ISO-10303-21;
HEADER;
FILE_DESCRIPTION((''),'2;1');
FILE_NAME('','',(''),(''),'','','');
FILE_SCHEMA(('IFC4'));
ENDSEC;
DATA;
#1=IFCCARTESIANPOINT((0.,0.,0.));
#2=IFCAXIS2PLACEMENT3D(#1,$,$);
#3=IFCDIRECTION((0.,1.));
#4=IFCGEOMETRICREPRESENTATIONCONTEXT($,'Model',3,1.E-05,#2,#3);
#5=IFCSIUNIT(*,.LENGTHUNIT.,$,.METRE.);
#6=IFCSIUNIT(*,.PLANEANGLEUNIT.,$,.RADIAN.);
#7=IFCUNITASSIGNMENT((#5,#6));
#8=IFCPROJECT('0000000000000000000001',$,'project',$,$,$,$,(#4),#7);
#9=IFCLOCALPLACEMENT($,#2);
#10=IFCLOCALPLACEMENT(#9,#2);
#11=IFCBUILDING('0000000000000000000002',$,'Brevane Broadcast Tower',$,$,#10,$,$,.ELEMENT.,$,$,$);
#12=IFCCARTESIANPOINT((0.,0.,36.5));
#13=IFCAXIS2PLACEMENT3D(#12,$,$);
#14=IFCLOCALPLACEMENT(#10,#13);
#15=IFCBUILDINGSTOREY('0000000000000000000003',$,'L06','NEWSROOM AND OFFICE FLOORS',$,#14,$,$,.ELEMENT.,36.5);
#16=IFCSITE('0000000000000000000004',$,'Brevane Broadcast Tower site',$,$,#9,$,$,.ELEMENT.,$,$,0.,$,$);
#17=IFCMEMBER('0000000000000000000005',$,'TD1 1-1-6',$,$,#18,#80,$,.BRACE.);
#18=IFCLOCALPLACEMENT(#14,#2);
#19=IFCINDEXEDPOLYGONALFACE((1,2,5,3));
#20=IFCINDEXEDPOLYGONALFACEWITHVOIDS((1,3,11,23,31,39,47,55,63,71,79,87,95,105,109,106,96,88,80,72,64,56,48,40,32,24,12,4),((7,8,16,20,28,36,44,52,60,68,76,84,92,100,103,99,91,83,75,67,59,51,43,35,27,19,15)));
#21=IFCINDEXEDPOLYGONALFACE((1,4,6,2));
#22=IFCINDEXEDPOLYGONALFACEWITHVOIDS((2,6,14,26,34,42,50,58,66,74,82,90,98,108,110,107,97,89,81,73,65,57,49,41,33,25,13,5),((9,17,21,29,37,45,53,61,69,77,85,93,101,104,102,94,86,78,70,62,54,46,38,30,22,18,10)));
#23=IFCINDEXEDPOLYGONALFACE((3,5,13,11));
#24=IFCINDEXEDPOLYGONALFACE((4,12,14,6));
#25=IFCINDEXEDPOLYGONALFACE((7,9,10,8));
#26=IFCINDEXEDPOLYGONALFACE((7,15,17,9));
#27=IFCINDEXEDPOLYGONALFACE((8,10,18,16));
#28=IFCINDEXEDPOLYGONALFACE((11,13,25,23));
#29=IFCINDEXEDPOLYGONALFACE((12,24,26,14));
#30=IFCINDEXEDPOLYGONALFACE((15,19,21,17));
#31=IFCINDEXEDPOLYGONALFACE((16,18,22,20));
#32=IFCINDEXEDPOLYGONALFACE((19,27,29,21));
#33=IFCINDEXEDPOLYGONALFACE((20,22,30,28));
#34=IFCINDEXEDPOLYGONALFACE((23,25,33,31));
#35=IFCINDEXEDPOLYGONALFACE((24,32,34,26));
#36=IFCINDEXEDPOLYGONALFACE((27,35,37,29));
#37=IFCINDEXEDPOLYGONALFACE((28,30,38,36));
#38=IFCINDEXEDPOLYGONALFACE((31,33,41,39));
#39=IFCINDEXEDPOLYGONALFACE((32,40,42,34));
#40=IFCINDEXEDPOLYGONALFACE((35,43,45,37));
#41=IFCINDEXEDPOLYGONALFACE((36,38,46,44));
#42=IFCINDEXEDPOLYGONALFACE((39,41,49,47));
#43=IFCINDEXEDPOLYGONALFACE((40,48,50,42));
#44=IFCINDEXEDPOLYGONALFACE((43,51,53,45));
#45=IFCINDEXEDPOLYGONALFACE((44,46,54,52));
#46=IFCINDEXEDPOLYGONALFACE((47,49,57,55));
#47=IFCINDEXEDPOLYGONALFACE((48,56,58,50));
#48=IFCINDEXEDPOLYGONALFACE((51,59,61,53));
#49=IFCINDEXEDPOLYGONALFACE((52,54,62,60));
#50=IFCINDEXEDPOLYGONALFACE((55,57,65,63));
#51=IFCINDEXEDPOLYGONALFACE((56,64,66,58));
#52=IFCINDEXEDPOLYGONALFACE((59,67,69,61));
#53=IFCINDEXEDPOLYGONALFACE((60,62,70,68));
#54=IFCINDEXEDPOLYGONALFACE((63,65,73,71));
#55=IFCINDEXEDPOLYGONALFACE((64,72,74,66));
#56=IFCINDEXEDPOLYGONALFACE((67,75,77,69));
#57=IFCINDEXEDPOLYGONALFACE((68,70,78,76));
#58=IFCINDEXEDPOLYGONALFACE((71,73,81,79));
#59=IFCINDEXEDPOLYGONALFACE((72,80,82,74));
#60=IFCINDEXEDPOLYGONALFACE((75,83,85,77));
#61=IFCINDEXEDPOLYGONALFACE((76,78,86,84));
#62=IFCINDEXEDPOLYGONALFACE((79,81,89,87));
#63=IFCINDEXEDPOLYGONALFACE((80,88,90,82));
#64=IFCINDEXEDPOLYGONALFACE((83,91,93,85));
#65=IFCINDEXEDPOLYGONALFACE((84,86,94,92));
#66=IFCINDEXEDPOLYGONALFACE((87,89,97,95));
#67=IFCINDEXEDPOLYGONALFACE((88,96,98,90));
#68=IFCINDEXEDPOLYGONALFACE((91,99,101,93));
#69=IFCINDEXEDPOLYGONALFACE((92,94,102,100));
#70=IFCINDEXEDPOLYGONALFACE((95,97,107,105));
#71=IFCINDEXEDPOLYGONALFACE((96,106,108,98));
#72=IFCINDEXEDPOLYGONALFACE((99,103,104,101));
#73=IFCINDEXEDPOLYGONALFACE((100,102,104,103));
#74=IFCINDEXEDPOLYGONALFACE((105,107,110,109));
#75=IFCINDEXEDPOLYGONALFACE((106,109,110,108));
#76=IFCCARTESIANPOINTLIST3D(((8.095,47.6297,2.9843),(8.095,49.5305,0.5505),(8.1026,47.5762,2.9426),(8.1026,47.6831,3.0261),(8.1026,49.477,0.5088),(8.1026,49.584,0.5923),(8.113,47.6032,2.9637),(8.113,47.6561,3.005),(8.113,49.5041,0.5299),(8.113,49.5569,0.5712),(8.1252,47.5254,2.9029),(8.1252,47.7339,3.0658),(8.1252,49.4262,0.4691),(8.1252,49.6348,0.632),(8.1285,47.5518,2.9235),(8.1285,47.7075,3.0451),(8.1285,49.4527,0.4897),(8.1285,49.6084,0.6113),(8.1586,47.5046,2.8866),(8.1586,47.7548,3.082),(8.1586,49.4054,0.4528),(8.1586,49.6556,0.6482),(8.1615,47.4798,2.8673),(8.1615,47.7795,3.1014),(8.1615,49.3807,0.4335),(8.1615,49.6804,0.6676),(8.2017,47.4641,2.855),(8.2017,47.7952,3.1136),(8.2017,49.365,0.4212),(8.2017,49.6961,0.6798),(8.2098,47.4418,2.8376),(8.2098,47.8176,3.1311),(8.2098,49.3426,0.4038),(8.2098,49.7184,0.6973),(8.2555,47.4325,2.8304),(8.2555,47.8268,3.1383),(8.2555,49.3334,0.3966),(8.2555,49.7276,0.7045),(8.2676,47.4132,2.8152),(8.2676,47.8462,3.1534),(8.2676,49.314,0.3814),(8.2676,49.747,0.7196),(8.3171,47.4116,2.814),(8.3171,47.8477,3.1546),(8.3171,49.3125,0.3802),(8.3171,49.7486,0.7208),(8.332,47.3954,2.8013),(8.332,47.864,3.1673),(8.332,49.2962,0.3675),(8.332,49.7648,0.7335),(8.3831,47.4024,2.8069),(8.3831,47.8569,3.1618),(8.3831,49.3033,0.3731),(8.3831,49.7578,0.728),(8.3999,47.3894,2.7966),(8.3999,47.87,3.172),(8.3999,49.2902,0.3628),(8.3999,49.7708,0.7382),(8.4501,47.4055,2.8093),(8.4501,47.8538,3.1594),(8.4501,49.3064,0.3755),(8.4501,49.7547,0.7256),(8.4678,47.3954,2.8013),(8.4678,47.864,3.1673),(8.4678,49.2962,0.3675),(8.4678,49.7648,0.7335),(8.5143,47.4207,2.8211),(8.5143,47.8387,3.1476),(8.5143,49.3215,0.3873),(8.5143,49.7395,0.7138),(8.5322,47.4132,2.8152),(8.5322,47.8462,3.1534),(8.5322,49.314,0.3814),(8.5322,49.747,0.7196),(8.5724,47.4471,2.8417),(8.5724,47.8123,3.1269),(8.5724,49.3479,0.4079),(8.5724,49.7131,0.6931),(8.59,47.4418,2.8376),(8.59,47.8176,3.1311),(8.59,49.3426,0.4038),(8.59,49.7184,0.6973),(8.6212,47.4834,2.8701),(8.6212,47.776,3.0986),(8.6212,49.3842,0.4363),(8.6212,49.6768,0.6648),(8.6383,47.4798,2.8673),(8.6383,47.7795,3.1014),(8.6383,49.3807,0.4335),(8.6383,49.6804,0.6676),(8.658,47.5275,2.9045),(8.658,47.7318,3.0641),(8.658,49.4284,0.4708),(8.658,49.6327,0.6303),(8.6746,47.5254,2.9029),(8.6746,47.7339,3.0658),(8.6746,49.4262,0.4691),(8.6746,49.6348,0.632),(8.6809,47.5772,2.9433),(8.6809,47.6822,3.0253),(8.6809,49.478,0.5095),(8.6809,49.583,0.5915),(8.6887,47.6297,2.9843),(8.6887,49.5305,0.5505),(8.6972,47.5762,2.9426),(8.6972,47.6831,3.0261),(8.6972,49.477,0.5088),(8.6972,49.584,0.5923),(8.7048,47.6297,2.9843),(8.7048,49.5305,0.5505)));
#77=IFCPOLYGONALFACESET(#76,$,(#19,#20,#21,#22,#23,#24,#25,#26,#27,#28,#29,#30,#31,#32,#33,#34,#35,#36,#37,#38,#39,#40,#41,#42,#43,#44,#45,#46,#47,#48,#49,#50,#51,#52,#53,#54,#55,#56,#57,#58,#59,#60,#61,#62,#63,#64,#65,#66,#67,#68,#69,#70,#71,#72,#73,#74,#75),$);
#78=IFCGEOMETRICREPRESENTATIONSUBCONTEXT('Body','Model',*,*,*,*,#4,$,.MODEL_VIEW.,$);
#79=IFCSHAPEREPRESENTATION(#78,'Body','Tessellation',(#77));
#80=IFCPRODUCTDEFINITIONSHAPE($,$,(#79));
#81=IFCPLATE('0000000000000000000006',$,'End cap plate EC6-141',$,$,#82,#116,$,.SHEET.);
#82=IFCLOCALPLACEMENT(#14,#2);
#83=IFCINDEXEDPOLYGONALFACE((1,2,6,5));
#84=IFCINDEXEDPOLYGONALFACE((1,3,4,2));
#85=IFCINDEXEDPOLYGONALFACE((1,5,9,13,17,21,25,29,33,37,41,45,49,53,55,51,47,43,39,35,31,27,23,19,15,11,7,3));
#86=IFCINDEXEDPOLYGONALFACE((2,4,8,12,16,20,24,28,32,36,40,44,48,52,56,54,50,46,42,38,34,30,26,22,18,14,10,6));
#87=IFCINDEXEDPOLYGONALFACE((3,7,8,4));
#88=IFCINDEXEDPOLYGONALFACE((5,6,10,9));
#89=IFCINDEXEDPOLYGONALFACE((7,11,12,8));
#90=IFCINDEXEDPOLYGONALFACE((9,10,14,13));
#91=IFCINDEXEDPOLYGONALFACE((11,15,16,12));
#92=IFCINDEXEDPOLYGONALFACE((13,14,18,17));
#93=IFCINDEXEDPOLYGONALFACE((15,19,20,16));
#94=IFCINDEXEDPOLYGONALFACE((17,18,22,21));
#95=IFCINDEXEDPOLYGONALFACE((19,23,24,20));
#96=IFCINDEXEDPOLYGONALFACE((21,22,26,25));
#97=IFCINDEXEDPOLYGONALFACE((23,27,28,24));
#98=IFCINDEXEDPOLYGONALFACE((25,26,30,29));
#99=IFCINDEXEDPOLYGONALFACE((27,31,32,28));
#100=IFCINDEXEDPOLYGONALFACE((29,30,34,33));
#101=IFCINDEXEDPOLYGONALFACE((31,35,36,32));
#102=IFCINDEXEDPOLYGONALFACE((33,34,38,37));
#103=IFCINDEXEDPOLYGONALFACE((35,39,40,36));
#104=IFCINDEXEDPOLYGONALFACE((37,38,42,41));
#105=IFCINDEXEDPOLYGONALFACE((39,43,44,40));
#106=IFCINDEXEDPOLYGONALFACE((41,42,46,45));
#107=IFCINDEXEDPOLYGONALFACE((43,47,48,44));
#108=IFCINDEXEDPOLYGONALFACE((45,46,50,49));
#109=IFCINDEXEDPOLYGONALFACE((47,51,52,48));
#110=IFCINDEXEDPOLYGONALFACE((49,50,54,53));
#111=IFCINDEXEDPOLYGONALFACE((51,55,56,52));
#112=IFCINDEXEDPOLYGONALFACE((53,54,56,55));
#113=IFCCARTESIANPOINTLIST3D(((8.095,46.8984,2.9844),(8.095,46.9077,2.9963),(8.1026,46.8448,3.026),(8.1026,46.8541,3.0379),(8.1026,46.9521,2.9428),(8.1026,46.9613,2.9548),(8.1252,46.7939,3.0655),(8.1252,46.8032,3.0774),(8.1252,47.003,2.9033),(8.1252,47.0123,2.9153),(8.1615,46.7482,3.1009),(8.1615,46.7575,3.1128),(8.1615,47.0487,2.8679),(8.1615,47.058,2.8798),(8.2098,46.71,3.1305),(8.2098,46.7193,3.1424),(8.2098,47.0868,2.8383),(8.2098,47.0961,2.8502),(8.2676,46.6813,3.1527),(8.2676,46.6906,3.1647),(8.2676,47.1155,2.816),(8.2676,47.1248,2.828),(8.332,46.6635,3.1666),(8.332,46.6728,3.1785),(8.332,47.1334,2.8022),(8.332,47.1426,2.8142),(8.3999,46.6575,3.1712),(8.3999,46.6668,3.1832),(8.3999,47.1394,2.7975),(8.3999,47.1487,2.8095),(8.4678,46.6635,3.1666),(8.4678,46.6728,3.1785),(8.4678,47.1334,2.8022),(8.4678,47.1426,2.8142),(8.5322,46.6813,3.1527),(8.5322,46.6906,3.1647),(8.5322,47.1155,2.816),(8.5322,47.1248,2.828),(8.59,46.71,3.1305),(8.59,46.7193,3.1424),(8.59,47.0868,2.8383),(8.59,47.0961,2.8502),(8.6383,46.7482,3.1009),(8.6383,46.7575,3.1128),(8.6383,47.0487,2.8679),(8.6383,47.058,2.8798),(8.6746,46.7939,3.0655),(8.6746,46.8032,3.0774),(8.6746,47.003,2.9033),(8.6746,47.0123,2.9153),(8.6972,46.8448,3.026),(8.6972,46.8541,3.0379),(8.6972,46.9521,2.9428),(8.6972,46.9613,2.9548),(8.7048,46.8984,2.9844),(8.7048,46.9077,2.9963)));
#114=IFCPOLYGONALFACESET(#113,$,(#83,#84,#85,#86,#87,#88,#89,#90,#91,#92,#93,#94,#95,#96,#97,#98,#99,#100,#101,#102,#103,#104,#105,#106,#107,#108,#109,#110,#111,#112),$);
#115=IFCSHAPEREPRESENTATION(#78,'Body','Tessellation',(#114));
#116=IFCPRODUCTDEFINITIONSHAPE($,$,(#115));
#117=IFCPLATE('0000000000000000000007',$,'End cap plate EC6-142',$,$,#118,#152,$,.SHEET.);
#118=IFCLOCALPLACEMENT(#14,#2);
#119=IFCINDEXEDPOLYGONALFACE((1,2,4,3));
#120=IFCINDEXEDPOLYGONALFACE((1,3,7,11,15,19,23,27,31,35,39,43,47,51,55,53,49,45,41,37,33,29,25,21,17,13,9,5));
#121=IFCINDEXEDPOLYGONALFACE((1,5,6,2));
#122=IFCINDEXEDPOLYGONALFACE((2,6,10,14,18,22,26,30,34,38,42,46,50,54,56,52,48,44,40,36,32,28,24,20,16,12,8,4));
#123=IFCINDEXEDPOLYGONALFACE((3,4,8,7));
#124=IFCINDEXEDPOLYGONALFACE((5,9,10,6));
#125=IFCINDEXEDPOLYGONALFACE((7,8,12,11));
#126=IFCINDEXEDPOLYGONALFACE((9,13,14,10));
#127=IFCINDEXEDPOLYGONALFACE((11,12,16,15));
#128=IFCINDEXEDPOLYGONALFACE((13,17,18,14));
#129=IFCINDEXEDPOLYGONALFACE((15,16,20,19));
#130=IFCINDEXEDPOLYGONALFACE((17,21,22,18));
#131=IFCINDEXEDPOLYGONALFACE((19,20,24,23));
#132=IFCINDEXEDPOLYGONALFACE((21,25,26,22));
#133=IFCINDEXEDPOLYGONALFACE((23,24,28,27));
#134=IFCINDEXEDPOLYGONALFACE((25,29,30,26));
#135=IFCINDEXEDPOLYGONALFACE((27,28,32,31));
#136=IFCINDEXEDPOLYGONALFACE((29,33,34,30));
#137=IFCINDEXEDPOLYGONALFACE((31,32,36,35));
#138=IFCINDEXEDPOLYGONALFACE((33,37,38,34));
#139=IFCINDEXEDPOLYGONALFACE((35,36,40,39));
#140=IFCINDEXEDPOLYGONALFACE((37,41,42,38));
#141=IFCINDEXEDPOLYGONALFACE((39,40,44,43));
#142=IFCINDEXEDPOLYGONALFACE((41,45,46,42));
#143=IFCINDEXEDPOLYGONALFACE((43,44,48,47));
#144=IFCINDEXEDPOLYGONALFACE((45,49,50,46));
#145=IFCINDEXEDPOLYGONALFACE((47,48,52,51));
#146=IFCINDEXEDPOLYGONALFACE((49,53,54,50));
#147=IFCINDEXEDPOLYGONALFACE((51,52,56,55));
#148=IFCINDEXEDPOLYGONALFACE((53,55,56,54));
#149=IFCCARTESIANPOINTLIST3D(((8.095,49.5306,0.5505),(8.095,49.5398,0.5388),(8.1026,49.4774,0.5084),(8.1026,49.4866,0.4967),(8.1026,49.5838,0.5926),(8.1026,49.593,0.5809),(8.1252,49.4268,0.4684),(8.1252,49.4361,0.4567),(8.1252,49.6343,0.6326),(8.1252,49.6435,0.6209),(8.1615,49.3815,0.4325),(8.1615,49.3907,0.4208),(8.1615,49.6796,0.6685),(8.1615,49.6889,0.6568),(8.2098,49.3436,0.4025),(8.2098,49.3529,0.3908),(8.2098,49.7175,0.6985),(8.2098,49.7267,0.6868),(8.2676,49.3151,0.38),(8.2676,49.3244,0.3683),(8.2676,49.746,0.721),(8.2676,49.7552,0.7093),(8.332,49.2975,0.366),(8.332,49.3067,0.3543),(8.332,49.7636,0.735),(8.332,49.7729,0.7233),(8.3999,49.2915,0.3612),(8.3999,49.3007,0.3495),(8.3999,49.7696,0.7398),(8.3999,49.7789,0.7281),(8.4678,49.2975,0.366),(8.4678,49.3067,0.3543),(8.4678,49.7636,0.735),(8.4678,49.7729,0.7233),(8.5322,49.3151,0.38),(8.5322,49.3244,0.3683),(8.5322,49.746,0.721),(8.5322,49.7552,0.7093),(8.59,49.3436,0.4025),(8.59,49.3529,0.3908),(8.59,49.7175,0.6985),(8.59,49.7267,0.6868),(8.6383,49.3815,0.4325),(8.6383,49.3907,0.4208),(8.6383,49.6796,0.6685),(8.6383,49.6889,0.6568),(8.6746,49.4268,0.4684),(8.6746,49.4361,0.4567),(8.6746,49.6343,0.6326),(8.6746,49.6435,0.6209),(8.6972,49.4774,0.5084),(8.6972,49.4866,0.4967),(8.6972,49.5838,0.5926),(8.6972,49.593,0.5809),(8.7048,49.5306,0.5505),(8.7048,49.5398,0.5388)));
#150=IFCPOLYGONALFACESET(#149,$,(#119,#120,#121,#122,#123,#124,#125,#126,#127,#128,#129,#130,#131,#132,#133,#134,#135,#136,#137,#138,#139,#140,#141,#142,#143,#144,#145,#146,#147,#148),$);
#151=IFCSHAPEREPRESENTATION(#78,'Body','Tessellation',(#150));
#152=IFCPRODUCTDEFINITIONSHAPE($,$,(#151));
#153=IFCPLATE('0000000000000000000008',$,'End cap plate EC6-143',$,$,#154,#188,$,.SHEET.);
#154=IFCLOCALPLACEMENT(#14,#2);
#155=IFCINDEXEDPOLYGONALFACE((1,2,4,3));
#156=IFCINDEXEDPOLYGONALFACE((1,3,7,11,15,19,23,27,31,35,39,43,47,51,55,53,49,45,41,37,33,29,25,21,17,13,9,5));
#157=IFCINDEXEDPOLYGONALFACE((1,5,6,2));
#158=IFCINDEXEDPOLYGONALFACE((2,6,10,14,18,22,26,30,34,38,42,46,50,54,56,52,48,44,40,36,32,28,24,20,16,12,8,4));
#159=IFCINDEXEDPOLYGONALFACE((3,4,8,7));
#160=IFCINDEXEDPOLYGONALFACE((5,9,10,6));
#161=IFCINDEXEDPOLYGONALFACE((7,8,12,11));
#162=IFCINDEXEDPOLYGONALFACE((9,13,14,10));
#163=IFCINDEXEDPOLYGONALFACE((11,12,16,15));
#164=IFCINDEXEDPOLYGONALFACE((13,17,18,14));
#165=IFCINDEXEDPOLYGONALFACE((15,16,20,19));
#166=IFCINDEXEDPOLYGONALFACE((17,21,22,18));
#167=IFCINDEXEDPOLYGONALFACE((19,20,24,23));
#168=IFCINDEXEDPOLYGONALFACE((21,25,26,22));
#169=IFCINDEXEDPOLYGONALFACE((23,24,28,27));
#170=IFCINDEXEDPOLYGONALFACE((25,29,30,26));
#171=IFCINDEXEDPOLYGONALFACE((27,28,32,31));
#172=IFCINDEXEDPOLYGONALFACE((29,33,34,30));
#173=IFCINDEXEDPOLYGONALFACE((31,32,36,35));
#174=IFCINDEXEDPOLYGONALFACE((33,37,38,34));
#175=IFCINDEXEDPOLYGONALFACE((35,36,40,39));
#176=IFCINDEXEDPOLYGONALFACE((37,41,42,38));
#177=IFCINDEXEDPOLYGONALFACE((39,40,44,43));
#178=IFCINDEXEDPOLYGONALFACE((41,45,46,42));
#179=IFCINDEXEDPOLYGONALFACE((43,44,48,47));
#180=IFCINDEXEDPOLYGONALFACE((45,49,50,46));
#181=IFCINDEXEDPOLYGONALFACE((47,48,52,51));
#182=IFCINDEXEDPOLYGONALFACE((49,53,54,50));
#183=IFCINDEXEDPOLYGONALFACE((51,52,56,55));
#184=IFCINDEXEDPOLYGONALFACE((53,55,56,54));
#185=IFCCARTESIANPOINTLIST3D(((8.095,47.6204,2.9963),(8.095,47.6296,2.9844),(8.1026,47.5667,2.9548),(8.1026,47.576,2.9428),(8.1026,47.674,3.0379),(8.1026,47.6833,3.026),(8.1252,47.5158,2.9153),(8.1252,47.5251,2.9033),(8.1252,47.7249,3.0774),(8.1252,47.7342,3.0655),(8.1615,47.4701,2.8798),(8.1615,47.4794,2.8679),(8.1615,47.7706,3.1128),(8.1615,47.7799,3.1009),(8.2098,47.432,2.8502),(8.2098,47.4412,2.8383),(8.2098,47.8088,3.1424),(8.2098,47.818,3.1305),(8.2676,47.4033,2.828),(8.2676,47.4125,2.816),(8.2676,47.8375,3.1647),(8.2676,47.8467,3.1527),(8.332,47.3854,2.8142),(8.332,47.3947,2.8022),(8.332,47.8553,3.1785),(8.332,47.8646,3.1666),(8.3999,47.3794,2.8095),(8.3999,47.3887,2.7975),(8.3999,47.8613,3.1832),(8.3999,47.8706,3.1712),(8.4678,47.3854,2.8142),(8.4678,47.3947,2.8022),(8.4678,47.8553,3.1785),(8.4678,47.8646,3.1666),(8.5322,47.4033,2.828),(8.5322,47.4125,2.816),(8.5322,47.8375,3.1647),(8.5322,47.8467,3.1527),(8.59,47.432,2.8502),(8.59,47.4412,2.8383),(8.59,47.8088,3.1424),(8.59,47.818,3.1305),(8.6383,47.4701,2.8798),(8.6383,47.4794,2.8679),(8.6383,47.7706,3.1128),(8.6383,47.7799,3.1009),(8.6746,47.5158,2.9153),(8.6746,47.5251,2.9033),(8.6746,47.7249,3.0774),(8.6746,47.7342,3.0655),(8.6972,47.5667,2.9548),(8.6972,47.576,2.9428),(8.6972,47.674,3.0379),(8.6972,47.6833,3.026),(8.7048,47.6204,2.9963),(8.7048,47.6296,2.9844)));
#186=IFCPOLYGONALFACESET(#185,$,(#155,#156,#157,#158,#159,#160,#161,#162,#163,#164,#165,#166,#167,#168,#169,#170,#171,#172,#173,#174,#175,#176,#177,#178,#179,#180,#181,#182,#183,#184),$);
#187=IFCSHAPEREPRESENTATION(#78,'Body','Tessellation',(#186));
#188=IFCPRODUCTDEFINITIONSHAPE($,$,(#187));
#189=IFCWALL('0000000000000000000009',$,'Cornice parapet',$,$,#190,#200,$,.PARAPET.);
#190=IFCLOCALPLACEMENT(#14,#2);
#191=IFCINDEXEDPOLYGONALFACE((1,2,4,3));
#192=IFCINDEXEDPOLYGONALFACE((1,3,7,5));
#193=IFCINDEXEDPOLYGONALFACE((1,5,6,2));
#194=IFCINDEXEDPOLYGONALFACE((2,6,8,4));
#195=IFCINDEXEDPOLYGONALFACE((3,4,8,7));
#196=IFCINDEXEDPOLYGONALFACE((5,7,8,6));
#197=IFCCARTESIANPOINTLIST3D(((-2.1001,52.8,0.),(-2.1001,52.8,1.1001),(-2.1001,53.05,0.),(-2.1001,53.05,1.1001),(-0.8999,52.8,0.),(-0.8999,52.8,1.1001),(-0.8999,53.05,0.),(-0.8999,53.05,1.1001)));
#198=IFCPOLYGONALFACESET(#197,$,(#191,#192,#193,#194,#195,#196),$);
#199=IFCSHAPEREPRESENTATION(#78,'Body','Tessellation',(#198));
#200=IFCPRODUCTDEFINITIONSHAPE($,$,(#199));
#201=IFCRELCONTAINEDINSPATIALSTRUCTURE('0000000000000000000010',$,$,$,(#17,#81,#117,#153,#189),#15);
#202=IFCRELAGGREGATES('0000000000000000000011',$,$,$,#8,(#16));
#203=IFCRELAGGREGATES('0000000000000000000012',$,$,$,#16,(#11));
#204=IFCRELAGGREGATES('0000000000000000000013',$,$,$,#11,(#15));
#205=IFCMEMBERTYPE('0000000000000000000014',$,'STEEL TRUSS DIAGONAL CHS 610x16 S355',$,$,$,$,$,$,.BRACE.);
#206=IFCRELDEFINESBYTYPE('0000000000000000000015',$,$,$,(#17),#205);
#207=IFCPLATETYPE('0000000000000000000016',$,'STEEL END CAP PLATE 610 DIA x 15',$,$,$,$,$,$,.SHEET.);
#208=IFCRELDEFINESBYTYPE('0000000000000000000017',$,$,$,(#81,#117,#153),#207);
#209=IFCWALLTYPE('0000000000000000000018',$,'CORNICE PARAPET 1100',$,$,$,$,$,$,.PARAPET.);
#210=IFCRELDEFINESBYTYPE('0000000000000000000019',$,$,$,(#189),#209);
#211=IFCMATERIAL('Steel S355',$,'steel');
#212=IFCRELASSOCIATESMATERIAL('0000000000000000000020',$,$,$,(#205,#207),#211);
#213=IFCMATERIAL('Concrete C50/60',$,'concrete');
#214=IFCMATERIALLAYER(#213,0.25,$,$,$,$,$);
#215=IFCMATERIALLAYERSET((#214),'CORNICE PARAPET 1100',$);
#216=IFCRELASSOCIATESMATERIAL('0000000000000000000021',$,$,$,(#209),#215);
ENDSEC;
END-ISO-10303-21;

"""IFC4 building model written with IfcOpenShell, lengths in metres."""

from ifc_helpers import new_model, si_unit, direction, frame, frame_2d, origin, origin_2d, place, context, subcontext, project, spatial, rectangle, circle, hollow_circle, extrude, material, layer, layer_set, material_profile, profile_set, type_object, element, save


model = new_model("IFC4")

# Units and contexts
model_context = context("Model", 3, precision=1e-05, world=origin(), true_north=direction((0.0, 1.0)))
body_context = subcontext(model_context, "Body", "Model", "MODEL_VIEW")
ifc_project = project(units=[si_unit("LENGTHUNIT", "METRE"), si_unit("PLANEANGLEUNIT", "RADIAN")], contexts=[model_context])

# Site, building, storey
site_placement = place(None, origin())
site = spatial("IfcSite", under=ifc_project, at=site_placement, Name="Brevane Broadcast Tower site", CompositionType="ELEMENT", RefElevation=0.0)
building_placement = place(site_placement, origin())
building = spatial("IfcBuilding", under=site, at=building_placement, Name="Brevane Broadcast Tower", CompositionType="ELEMENT")
storey_placement = place(building_placement, frame((0.0, 0.0, 36.5)))
storey = spatial("IfcBuildingStorey", under=building, at=storey_placement, Name="L06", Description="NEWSROOM AND OFFICE FLOORS", CompositionType="ELEMENT", Elevation=36.5)

# Shared definitions
ifc_material_1 = material(Name="Steel S355", Category="steel")

# Member
ifc_material_profile_1 = material_profile(ifc_material_1, hollow_circle(Radius=0.3049, WallThickness=0.0161, at=origin_2d()), Name="CHS 610x16")
ifc_profile_set_1 = profile_set([ifc_material_profile_1], Name="Steel S355")
member_type_1 = type_object("IfcMemberType", Name="STEEL TRUSS DIAGONAL CHS 610x16 S355", PredefinedType="BRACE", material=ifc_profile_set_1)
member_1_placement = place(storey_placement, frame((8.3999, 49.5305, 0.5505), z_axis=(0.0, -0.615532, 0.788112), x_axis=(1.0, 0.0, 0.0)))
element("IfcMember", 1, at=member_1_placement, inside=storey, type_object=member_type_1, Name="TD1 1-1-6", PredefinedType="BRACE", context=body_context, shape_type="SweptSolid", body=[
    extrude(hollow_circle(Radius=0.3049, WallThickness=0.0161, at=origin_2d()), origin(), (0.0, 0.0, 1.0), 3.0881),
])

# Plates
ifc_material_profile_2 = material_profile(ifc_material_1, circle(Radius=0.3049, at=origin_2d()), Name="PL 610 DIA x 15")
ifc_profile_set_2 = profile_set([ifc_material_profile_2], Name="Steel S355")
plate_type = type_object("IfcPlateType", Name="STEEL END CAP PLATE 610 DIA x 15", PredefinedType="SHEET", material=ifc_profile_set_2)
plate_1_placement = place(storey_placement, frame((8.3999, 46.8984, 2.9844), z_axis=(0.0, 0.612824, 0.79022), x_axis=(-1.0, 0.0, 0.0)))
element("IfcPlate", 2, at=plate_1_placement, inside=storey, type_object=plate_type, Name="End cap plate EC6-141", PredefinedType="SHEET", context=body_context, shape_type="SweptSolid", body=[
    extrude(circle(Radius=0.3049, at=origin_2d()), origin(), (0.0, 0.0, 1.0), 0.0151),
])
plate_2_placement = place(storey_placement, frame((8.3999, 49.5398, 0.5388), z_axis=(0.0, -0.620703, 0.784046), x_axis=(1.0, 0.0, 0.0)))
element("IfcPlate", 3, at=plate_2_placement, inside=storey, type_object=plate_type, Name="End cap plate EC6-142", PredefinedType="SHEET", context=body_context, shape_type="SweptSolid", body=[
    extrude(circle(Radius=0.3049, at=origin_2d()), origin(), (0.0, 0.0, 1.0), 0.0149),
])
plate_3_placement = place(storey_placement, frame((8.3999, 47.6296, 2.9844), z_axis=(0.0, -0.612824, 0.79022), x_axis=(1.0, 0.0, 0.0)))
element("IfcPlate", 4, at=plate_3_placement, inside=storey, type_object=plate_type, Name="End cap plate EC6-143", PredefinedType="SHEET", context=body_context, shape_type="SweptSolid", body=[
    extrude(circle(Radius=0.3049, at=origin_2d()), origin(), (0.0, 0.0, 1.0), 0.0151),
])

# Wall
ifc_material_2 = material(Name="Concrete C50/60", Category="concrete")
ifc_layer_1 = layer(ifc_material_2, 0.25)
ifc_layer_set_1 = layer_set([ifc_layer_1], Name="CORNICE PARAPET 1100")
wall_type_1 = type_object("IfcWallType", Name="CORNICE PARAPET 1100", PredefinedType="PARAPET", material=ifc_layer_set_1)
wall_1_placement = place(storey_placement, frame((-0.8999, 52.925, 0.0), z_axis=(0.0, 0.0, 1.0), x_axis=(-1.0, 0.0, 0.0)))
element("IfcWall", 5, at=wall_1_placement, inside=storey, type_object=wall_type_1, Name="Cornice parapet", PredefinedType="PARAPET", context=body_context, shape_type="SweptSolid", body=[
    extrude(rectangle(XDim=1.2002, YDim=0.25, at=frame_2d((0.6001, 0.0))), origin(), (0.0, 0.0, 1.0), 1.1001),
])

save(model, "model.ifc")
